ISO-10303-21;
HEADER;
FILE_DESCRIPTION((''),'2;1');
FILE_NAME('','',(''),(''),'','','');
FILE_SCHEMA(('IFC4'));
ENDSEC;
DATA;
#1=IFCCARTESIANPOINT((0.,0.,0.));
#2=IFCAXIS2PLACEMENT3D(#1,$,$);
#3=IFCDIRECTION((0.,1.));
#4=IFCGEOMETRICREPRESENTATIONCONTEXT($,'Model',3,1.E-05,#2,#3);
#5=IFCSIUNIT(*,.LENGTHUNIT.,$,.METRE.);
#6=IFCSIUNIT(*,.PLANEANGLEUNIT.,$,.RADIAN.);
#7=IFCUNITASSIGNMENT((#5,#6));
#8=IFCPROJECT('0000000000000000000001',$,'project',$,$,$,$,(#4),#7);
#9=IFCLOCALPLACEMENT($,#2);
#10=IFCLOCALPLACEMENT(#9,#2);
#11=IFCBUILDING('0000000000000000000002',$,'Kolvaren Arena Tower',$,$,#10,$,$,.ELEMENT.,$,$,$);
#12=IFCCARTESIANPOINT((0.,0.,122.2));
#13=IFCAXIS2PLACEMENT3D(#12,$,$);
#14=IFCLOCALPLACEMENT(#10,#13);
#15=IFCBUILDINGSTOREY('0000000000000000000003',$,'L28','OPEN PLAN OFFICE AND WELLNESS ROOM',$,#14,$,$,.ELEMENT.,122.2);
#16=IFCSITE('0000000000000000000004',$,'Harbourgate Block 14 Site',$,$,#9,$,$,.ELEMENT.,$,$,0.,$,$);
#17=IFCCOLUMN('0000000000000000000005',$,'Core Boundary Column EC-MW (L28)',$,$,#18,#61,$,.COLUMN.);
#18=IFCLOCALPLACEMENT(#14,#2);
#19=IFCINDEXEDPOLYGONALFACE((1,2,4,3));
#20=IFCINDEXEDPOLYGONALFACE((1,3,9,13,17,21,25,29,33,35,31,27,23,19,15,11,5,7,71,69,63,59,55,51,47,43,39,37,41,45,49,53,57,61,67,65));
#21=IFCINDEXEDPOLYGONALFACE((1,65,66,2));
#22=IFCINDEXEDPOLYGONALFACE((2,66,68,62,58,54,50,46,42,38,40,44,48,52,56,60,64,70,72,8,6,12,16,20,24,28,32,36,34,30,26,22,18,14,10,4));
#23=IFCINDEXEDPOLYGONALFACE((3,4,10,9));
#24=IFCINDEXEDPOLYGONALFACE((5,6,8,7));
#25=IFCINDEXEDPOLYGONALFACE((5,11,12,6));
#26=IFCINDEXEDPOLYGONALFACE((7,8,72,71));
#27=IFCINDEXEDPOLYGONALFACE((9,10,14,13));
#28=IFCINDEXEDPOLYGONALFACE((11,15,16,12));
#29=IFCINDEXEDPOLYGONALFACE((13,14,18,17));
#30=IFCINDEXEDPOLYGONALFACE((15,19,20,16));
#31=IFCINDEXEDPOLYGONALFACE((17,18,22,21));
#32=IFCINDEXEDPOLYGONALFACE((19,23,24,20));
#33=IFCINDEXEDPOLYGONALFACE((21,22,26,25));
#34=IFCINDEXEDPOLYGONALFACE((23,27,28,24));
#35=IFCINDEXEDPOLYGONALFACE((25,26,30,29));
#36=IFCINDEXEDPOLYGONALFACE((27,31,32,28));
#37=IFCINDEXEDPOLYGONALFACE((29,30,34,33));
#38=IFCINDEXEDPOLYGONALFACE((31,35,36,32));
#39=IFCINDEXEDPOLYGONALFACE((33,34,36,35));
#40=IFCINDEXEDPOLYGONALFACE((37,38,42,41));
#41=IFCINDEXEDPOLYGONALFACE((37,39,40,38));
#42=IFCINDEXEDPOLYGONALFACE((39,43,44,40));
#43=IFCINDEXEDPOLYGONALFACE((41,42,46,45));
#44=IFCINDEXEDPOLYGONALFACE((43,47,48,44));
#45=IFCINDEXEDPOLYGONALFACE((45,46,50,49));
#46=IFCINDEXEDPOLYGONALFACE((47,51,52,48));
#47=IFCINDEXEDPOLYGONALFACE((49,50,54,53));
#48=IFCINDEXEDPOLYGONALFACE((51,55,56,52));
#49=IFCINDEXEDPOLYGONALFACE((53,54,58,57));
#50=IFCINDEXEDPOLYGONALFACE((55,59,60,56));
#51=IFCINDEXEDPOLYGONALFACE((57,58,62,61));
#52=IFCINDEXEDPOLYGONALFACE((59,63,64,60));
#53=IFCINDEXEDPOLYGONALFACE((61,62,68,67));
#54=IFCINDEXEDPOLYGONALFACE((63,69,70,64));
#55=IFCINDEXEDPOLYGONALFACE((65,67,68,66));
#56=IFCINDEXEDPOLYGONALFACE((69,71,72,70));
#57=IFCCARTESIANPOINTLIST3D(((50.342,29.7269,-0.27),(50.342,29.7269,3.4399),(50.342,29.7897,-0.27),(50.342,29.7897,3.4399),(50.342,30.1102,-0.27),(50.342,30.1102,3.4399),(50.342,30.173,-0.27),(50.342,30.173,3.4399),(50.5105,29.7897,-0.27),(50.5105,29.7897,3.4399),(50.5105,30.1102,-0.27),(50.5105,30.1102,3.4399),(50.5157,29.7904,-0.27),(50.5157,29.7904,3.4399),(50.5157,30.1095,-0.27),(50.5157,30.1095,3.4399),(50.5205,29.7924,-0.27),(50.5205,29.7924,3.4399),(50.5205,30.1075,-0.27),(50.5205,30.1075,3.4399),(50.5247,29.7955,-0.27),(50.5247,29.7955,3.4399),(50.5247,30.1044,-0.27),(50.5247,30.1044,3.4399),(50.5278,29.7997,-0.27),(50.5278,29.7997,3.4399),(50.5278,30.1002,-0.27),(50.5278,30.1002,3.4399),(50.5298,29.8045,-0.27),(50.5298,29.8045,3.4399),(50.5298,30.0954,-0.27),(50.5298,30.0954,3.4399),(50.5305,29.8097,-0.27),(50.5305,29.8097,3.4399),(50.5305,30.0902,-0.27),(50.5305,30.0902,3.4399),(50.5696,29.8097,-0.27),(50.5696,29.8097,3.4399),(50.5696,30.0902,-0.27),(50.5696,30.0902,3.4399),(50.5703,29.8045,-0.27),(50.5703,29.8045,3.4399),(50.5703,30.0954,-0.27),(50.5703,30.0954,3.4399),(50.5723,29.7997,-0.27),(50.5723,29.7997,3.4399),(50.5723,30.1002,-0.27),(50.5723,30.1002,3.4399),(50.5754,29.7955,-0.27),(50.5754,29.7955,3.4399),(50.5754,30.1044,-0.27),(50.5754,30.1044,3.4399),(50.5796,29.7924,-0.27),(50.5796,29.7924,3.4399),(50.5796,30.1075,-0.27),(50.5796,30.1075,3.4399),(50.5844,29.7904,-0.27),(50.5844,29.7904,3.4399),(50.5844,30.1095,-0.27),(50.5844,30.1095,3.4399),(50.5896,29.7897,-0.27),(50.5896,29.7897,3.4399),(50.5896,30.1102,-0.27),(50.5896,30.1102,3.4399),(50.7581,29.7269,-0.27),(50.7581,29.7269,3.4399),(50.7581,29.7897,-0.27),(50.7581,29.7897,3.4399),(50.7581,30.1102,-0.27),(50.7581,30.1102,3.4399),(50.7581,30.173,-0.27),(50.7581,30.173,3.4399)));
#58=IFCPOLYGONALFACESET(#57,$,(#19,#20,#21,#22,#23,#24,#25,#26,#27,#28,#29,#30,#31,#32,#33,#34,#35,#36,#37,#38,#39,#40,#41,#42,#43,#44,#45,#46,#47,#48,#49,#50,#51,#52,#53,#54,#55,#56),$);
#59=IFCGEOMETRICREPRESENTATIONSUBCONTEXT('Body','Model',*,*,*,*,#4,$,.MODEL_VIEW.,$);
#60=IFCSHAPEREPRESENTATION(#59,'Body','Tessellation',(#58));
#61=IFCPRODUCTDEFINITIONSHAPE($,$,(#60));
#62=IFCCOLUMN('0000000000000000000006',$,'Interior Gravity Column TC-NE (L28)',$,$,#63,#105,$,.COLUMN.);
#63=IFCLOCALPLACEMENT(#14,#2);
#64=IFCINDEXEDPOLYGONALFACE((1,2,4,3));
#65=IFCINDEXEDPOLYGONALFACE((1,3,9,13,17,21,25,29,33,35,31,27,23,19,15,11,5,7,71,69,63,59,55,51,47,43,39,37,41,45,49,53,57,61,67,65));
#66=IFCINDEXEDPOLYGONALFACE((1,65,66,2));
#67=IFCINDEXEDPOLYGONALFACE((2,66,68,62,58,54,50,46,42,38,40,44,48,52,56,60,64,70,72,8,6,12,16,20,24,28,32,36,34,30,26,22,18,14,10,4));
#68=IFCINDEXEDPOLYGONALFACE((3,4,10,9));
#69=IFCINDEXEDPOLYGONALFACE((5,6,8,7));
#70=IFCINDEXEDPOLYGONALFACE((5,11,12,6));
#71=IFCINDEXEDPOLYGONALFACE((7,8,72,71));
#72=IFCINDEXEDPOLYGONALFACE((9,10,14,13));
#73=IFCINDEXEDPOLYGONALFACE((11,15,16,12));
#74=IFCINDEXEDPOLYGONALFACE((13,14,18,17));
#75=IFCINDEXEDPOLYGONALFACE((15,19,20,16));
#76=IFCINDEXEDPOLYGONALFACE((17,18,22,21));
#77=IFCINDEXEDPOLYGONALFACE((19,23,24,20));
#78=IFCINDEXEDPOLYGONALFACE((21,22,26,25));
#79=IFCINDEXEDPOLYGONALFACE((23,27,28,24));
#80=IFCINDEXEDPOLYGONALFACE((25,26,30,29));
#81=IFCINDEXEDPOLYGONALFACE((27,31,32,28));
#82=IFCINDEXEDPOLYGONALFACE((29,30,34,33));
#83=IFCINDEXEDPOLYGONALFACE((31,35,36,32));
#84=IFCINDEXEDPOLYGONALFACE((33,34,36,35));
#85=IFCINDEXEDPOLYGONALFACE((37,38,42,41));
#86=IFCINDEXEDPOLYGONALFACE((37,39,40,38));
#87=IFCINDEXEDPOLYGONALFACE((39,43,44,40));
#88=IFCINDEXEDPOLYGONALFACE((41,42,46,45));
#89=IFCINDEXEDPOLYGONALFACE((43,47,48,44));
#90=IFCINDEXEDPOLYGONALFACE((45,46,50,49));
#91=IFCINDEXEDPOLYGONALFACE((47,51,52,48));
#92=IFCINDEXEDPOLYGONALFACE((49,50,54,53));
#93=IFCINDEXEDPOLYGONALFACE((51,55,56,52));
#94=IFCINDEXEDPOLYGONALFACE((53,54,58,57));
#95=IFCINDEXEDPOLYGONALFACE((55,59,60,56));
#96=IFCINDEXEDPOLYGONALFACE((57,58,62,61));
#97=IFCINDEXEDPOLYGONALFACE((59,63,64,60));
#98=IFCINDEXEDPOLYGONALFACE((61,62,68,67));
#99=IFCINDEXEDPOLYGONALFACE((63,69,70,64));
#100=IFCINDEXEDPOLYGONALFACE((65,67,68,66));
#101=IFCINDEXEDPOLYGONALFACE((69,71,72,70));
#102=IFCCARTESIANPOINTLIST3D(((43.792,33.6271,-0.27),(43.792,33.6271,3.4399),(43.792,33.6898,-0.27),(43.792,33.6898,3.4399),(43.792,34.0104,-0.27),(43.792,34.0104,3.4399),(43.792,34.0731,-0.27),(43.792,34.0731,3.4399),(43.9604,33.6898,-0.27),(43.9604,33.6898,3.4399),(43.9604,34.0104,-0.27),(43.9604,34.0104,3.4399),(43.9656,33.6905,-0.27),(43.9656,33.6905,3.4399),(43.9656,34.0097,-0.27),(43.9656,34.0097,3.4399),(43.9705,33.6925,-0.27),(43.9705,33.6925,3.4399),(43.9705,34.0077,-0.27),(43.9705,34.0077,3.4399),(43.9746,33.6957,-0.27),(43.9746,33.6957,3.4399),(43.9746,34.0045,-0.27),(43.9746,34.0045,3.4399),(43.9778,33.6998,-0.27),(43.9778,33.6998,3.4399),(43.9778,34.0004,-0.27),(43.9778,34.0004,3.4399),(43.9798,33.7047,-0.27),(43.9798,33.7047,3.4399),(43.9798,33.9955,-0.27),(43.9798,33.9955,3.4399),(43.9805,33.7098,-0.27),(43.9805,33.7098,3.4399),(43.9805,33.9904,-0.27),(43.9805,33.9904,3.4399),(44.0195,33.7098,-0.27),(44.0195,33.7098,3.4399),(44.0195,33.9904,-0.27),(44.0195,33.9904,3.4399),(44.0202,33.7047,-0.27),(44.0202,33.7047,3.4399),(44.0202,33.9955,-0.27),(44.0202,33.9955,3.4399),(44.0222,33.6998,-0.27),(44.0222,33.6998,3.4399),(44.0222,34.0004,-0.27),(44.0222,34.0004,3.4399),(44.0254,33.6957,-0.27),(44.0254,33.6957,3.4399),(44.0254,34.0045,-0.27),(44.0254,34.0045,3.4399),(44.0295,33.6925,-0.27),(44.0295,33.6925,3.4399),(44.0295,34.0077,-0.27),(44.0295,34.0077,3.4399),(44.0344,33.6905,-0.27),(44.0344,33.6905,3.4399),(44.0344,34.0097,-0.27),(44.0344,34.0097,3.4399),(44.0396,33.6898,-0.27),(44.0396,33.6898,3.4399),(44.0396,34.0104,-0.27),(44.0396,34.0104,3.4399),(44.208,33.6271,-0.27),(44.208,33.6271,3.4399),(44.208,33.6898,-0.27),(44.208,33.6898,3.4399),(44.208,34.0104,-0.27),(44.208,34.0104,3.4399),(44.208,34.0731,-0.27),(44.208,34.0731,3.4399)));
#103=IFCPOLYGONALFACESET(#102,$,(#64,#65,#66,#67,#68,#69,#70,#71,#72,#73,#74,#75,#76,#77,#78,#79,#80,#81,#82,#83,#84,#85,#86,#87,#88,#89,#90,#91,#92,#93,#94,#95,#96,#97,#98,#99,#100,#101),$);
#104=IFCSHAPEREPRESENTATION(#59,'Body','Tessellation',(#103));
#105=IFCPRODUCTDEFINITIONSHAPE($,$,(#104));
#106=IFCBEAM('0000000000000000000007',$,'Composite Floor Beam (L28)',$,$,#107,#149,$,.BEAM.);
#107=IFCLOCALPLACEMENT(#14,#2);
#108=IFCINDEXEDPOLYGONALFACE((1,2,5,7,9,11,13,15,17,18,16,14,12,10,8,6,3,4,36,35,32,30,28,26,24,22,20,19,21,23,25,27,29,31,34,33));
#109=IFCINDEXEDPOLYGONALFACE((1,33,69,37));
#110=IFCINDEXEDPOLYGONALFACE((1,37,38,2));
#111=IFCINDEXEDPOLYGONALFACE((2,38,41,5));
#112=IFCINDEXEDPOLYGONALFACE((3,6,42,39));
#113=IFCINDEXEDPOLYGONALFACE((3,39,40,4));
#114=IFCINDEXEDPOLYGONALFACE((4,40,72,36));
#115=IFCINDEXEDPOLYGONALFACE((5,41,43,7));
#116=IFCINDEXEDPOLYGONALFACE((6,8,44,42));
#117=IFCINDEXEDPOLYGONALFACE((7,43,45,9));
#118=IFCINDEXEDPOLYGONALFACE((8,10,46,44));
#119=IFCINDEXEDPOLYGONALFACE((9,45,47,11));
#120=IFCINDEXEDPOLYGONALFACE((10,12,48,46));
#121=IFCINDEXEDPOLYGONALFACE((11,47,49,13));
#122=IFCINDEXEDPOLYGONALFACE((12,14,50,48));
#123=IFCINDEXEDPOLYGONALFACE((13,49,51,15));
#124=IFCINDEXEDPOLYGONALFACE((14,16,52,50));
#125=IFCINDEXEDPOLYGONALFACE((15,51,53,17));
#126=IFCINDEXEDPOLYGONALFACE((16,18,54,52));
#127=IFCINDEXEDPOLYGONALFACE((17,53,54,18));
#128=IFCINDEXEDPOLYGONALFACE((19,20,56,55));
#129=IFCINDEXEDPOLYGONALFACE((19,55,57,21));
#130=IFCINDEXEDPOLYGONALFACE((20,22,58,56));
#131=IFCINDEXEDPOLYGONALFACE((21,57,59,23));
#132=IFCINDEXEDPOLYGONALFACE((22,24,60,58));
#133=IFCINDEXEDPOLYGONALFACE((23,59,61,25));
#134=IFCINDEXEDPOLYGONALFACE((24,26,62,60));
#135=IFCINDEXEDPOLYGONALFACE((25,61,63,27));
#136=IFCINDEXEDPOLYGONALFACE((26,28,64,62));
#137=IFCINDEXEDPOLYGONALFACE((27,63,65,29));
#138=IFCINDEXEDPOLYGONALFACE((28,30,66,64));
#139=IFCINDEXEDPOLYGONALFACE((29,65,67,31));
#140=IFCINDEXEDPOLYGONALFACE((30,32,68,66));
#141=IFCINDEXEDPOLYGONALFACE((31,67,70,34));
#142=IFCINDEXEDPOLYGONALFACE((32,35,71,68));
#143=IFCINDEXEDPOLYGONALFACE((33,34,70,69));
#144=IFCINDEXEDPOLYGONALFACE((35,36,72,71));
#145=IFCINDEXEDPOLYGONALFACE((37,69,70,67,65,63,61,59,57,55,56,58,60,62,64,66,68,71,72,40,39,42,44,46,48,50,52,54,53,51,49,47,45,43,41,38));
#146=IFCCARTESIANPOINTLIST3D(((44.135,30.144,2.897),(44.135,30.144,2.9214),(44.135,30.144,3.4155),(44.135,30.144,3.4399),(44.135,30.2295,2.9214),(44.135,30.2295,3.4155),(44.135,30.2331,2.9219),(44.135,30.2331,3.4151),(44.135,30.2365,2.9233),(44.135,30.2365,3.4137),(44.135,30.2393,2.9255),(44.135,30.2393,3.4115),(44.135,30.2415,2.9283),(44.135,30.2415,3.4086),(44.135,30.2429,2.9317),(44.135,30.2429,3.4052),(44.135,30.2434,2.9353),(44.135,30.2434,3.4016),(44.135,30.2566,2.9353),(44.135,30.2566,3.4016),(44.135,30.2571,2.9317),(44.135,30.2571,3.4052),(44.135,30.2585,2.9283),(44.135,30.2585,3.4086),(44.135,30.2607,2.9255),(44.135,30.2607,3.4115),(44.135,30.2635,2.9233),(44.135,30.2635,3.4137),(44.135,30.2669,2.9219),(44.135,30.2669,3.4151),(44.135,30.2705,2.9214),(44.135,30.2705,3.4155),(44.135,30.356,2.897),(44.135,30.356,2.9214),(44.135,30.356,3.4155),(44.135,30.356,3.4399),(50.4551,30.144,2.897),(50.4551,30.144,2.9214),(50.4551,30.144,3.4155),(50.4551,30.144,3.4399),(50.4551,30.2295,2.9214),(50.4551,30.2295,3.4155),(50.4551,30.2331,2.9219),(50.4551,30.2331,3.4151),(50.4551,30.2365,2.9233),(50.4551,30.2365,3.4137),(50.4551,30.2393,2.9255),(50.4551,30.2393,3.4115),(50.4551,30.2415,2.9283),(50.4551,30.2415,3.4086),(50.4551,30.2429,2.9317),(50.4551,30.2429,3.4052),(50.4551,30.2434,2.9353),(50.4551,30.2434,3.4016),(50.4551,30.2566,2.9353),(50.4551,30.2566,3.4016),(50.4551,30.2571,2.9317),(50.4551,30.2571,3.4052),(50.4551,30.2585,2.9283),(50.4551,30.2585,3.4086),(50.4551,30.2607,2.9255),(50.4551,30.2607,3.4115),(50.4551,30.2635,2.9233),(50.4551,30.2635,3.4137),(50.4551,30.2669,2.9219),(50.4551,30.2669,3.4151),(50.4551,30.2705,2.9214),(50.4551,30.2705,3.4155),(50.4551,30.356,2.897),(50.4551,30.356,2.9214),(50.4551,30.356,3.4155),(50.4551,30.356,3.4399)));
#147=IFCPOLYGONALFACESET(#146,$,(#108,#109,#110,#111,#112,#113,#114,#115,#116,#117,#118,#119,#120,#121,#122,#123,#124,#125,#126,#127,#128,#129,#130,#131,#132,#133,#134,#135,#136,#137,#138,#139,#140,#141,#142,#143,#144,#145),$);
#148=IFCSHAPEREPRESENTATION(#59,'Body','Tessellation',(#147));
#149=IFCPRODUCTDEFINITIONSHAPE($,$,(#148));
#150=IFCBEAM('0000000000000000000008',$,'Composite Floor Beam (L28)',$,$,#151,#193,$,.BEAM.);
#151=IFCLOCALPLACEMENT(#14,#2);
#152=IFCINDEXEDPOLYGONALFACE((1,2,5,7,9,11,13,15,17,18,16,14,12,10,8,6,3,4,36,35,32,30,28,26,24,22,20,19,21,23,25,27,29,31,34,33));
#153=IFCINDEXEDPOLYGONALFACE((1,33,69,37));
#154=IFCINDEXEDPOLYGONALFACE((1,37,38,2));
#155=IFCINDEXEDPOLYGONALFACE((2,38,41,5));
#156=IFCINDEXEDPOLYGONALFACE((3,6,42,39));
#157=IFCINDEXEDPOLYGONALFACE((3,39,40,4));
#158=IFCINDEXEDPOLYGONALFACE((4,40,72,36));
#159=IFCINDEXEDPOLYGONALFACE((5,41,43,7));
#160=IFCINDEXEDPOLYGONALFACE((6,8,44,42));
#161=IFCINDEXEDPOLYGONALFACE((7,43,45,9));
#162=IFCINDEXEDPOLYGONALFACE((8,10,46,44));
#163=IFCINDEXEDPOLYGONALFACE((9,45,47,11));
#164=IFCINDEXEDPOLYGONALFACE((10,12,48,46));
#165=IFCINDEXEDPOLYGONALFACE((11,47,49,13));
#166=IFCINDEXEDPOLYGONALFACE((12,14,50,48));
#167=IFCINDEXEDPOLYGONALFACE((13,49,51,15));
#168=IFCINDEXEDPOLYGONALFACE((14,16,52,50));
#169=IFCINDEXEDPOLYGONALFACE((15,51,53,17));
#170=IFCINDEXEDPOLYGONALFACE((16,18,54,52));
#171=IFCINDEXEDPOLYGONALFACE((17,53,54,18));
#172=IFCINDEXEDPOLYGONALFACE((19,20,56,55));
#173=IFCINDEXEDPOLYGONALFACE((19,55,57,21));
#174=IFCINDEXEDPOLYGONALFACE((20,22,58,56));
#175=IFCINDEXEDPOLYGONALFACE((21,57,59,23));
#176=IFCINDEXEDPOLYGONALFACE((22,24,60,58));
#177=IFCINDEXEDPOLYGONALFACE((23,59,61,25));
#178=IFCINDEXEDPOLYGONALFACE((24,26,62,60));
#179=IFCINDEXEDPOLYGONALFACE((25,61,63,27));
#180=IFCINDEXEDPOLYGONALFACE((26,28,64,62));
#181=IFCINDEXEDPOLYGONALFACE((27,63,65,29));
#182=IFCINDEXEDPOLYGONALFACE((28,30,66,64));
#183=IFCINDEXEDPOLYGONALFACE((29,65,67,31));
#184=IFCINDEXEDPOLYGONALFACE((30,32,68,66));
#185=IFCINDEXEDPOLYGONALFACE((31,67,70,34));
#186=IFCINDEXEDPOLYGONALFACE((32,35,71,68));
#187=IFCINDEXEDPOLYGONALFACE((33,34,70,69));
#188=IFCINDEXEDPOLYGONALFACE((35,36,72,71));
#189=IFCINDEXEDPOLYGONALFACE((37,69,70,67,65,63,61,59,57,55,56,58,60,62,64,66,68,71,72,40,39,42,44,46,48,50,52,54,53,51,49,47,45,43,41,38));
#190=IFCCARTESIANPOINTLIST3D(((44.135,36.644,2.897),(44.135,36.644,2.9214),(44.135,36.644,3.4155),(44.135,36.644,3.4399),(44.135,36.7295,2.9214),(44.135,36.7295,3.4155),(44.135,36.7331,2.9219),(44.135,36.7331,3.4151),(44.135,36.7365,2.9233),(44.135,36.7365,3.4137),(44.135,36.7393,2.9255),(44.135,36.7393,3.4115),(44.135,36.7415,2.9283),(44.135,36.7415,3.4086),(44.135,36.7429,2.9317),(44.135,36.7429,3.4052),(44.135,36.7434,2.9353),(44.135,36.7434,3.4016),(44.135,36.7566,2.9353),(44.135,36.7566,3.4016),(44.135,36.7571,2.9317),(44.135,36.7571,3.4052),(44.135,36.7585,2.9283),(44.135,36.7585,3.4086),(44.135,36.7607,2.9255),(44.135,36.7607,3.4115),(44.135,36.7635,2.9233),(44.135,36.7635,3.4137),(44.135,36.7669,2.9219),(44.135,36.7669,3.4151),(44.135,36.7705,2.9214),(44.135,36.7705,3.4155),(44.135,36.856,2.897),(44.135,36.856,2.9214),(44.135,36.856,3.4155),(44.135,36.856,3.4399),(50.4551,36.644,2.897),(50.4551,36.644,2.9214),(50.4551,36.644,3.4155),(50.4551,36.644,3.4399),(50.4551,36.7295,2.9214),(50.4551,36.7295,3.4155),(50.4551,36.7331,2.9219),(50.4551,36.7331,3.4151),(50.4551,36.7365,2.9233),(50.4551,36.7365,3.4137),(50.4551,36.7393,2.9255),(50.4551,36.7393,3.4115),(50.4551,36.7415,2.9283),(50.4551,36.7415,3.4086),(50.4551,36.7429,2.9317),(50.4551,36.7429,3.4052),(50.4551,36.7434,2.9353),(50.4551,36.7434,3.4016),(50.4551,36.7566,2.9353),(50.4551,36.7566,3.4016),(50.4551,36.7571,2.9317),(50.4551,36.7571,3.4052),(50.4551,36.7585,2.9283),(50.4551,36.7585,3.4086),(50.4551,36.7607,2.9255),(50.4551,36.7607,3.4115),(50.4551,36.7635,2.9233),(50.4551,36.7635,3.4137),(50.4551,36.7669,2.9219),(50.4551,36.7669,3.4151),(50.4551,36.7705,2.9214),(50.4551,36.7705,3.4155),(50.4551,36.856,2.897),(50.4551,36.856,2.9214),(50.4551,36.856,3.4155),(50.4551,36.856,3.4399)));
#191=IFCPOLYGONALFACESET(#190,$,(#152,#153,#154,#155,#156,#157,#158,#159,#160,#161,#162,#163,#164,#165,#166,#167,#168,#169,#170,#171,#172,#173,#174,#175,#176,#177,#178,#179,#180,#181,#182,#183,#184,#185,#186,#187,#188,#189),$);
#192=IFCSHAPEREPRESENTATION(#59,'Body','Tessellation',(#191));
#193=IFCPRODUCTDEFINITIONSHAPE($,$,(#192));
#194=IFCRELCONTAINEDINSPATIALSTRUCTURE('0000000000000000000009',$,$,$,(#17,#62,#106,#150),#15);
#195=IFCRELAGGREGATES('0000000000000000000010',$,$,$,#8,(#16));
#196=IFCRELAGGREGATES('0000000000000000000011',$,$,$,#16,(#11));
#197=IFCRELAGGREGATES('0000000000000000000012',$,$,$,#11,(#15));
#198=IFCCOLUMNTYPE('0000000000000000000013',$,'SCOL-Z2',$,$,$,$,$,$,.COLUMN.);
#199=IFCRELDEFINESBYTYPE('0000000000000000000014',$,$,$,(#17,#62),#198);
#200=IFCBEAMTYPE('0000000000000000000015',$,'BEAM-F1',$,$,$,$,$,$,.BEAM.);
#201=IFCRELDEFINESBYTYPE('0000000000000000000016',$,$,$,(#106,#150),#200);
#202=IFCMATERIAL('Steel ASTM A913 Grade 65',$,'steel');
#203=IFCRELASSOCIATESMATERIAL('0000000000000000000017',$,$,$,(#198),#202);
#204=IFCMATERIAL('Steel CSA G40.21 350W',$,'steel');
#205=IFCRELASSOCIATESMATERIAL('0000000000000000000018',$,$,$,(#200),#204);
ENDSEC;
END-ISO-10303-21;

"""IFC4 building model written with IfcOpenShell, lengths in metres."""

from ifc_helpers import new_model, si_unit, direction, frame, origin, origin_2d, place, context, subcontext, project, spatial, i_section, extrude, material, material_profile, profile_set, type_object, element, save


model = new_model("IFC4")

# Units and contexts
model_context = context("Model", 3, precision=1e-05, world=origin(), true_north=direction((0.0, 1.0)))
body_context = subcontext(model_context, "Body", "Model", "MODEL_VIEW")
ifc_project = project(units=[si_unit("LENGTHUNIT", "METRE"), si_unit("PLANEANGLEUNIT", "RADIAN")], contexts=[model_context])

# Site, building, storey
site_placement = place(None, origin())
site = spatial("IfcSite", under=ifc_project, at=site_placement, Name="Harbourgate Block 14 Site", CompositionType="ELEMENT", RefElevation=0.0)
building_placement = place(site_placement, origin())
building = spatial("IfcBuilding", under=site, at=building_placement, Name="Kolvaren Arena Tower", CompositionType="ELEMENT")
storey_placement = place(building_placement, frame((0.0, 0.0, 122.2)))
storey = spatial("IfcBuildingStorey", under=building, at=storey_placement, Name="L28", Description="OPEN PLAN OFFICE AND WELLNESS ROOM", CompositionType="ELEMENT", Elevation=122.2)

# Columns
ifc_material_1 = material(Name="Steel ASTM A913 Grade 65", Category="steel")
ifc_material_profile_1 = material_profile(ifc_material_1, i_section(OverallWidth=0.416, OverallDepth=0.446, WebThickness=0.0391, FlangeThickness=0.0627, FilletRadius=0.02, at=origin_2d()), Name="W360x509")
ifc_profile_set_1 = profile_set([ifc_material_profile_1], Name="Steel ASTM A913 Grade 65")
column_type = type_object("IfcColumnType", Name="SCOL-Z2", PredefinedType="COLUMN", material=ifc_profile_set_1)
for number, where, z_axis, x_axis, name in (
    (1, (50.55, 29.95, -0.27), (0.0, 0.0, 1.0), (1.0, 0.0, 0.0), "Core Boundary Column EC-MW (L28)"),
    (2, (44.0, 33.8501, -0.27), (0.0, 0.0, 1.0), (1.0, 0.0, 0.0), "Interior Gravity Column TC-NE (L28)"),
):
    element("IfcColumn", number, at=place(storey_placement, frame(where, z_axis=z_axis, x_axis=x_axis)), inside=storey, type_object=column_type, Name=name, PredefinedType="COLUMN", context=body_context, shape_type="SweptSolid", body=[
        extrude(i_section(OverallWidth=0.416, OverallDepth=0.446, WebThickness=0.0391, FlangeThickness=0.0627, FilletRadius=0.02, at=origin_2d()), origin(), (0.0, 0.0, 1.0), 3.71),
    ])

# Beams
ifc_material_2 = material(Name="Steel CSA G40.21 350W", Category="steel")
ifc_material_profile_2 = material_profile(ifc_material_2, i_section(OverallWidth=0.2119, OverallDepth=0.543, WebThickness=0.0132, FlangeThickness=0.0244, FilletRadius=0.0139, at=origin_2d()), Name="W530x150")
ifc_profile_set_2 = profile_set([ifc_material_profile_2], Name="Steel CSA G40.21 350W")
beam_type_1 = type_object("IfcBeamType", Name="BEAM-F1", PredefinedType="BEAM", material=ifc_profile_set_2)
for number, where, z_axis, x_axis, name in (
    (3, (44.135, 30.25, 3.1685), (1.0, 0.0, 0.0), (0.0, 1.0, 0.0), "Composite Floor Beam (L28)"),
    (4, (44.135, 36.75, 3.1685), (1.0, 0.0, 0.0), (0.0, 1.0, 0.0), "Composite Floor Beam (L28)"),
):
    element("IfcBeam", number, at=place(storey_placement, frame(where, z_axis=z_axis, x_axis=x_axis)), inside=storey, type_object=beam_type_1, Name=name, PredefinedType="BEAM", context=body_context, shape_type="SweptSolid", body=[
        extrude(i_section(OverallWidth=0.2119, OverallDepth=0.543, WebThickness=0.0132, FlangeThickness=0.0244, FilletRadius=0.0139, at=origin_2d()), origin(), (0.0, 0.0, 1.0), 6.3201),
    ])

save(model, "model.ifc")
